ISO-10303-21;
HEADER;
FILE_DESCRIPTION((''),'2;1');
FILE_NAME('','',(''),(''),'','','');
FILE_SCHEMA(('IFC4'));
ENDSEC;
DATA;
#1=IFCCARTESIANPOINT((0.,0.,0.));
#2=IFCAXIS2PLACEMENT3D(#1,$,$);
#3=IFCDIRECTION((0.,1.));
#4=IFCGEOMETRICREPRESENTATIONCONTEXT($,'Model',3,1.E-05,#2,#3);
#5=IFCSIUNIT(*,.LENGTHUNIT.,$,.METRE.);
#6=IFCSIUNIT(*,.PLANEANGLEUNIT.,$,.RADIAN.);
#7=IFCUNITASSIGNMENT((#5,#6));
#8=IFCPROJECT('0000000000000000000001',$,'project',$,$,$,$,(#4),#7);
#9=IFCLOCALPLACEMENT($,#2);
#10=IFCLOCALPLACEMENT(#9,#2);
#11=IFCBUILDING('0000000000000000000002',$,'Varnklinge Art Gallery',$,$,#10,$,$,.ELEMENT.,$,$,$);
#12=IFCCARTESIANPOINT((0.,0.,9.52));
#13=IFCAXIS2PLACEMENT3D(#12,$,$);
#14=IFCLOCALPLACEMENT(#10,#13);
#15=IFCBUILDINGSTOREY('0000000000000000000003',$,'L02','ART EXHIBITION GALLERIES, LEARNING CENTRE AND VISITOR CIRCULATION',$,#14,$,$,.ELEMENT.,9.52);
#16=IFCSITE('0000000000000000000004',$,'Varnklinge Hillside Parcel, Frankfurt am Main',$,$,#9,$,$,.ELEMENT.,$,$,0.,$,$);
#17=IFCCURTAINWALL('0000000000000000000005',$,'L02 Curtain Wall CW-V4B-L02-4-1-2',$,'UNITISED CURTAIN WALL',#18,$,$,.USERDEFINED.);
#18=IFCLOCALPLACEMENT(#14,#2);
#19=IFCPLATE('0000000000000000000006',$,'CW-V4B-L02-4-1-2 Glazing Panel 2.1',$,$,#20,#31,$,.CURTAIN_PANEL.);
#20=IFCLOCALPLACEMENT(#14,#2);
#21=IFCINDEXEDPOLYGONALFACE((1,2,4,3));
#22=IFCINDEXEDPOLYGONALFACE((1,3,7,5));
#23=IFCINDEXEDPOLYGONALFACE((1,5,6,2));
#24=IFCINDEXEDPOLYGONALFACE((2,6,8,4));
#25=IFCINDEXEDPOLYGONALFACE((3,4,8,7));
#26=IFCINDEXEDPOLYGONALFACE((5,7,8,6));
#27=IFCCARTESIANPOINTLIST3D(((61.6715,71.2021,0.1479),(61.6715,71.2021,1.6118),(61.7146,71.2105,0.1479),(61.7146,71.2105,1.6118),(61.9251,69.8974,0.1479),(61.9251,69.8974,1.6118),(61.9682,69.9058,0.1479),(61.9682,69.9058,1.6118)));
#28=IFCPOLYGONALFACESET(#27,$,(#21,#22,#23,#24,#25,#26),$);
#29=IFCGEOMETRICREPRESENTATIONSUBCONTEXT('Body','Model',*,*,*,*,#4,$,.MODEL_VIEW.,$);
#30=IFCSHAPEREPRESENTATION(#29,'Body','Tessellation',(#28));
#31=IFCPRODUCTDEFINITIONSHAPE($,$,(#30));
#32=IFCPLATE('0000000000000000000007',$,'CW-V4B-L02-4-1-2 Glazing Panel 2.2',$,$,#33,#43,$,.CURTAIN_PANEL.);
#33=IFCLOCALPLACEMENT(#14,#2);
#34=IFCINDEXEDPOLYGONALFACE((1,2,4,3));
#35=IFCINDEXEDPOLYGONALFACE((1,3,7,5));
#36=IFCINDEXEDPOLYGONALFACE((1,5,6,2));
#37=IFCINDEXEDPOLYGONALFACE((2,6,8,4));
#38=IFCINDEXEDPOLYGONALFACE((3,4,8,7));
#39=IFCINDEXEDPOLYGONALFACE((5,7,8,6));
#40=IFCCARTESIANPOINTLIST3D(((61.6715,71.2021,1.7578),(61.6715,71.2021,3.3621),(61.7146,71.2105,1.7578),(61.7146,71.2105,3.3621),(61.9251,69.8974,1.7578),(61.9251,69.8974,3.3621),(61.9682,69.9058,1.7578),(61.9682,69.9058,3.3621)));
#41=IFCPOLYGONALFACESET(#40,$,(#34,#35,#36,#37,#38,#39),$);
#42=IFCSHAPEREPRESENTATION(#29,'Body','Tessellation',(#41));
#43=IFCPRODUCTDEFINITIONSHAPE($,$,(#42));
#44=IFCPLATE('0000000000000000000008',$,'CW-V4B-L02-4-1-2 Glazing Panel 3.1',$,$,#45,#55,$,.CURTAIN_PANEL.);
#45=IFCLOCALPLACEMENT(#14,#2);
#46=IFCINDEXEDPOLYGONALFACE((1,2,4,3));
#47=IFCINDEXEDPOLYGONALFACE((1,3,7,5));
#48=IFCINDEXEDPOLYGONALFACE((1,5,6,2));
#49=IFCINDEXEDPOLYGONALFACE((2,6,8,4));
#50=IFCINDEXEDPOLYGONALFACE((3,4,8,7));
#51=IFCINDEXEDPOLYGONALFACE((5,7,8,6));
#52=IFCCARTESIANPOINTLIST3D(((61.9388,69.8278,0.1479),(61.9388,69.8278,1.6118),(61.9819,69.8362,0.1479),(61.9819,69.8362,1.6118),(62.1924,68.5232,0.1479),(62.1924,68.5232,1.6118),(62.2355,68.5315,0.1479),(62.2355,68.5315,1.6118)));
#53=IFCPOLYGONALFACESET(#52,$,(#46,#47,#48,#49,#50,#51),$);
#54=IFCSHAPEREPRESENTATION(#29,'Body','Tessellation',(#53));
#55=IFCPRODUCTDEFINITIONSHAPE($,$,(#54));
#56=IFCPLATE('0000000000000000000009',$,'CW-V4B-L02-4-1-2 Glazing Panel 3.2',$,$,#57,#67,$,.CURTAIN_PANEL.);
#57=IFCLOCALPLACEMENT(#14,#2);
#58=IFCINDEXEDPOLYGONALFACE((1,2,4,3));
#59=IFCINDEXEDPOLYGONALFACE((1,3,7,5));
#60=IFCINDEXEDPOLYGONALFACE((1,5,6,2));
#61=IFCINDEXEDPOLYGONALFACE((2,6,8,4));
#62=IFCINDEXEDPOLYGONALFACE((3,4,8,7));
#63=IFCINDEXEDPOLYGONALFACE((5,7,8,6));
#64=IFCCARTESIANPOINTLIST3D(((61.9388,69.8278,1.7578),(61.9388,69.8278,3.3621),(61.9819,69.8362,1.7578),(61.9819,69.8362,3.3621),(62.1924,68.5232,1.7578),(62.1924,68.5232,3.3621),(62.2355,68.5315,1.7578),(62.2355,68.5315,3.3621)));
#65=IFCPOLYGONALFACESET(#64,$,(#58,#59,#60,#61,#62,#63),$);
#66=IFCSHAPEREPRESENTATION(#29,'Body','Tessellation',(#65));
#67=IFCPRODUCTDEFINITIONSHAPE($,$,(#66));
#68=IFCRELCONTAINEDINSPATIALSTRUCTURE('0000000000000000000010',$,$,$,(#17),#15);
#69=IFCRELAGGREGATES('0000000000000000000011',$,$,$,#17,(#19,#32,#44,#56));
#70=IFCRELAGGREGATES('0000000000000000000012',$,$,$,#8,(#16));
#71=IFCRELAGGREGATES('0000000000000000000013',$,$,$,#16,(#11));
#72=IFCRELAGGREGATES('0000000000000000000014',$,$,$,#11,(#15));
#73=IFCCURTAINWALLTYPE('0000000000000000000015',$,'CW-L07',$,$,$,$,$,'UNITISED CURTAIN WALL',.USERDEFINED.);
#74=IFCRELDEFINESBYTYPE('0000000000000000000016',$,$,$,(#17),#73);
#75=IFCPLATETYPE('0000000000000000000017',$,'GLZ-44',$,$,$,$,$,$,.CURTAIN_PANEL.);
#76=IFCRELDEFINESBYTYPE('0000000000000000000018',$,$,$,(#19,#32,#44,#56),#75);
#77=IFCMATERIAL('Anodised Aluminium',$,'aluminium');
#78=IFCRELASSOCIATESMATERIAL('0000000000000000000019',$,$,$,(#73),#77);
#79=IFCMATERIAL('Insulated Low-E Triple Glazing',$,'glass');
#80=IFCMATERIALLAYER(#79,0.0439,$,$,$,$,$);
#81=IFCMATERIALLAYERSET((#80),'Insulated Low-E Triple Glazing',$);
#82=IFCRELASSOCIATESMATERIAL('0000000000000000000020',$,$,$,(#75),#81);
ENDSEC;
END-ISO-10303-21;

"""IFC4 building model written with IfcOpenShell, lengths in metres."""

from ifc_helpers import new_model, si_unit, direction, frame, origin, origin_2d, place, context, subcontext, project, spatial, rectangle, extrude, material, layer, layer_set, type_object, element, aggregate, save


model = new_model("IFC4")

# Units and contexts
model_context = context("Model", 3, precision=1e-05, world=origin(), true_north=direction((0.0, 1.0)))
body_context = subcontext(model_context, "Body", "Model", "MODEL_VIEW")
ifc_project = project(units=[si_unit("LENGTHUNIT", "METRE"), si_unit("PLANEANGLEUNIT", "RADIAN")], contexts=[model_context])

# Site, building, storey
site_placement = place(None, origin())
site = spatial("IfcSite", under=ifc_project, at=site_placement, Name="Varnklinge Hillside Parcel, Frankfurt am Main", CompositionType="ELEMENT", RefElevation=0.0)
building_placement = place(site_placement, origin())
building = spatial("IfcBuilding", under=site, at=building_placement, Name="Varnklinge Art Gallery", CompositionType="ELEMENT")
storey_placement = place(building_placement, frame((0.0, 0.0, 9.52)))
storey = spatial("IfcBuildingStorey", under=building, at=storey_placement, Name="L02", Description="ART EXHIBITION GALLERIES, LEARNING CENTRE AND VISITOR CIRCULATION", CompositionType="ELEMENT", Elevation=9.52)

# Curtain wall
ifc_material_1 = material(Name="Anodised Aluminium", Category="aluminium")
curtain_wall_type = type_object("IfcCurtainWallType", Name="CW-L07", ElementType="UNITISED CURTAIN WALL", PredefinedType="USERDEFINED", material=ifc_material_1)
curtain_wall_1_placement = place(storey_placement, origin())
curtain_wall_1 = element("IfcCurtainWall", 1, at=curtain_wall_1_placement, inside=storey, type_object=curtain_wall_type, Name="L02 Curtain Wall CW-V4B-L02-4-1-2", ObjectType="UNITISED CURTAIN WALL", PredefinedType="USERDEFINED")

# Plates
ifc_material_2 = material(Name="Insulated Low-E Triple Glazing", Category="glass")
ifc_layer_1 = layer(ifc_material_2, 0.0439)
ifc_layer_set_1 = layer_set([ifc_layer_1], Name="Insulated Low-E Triple Glazing")
plate_type = type_object("IfcPlateType", Name="GLZ-44", PredefinedType="CURTAIN_PANEL", material=ifc_layer_set_1)
plate_1_placement = place(storey_placement, frame((61.8198, 70.554, 0.1479), z_axis=(0.0, 0.0, 1.0), x_axis=(0.190809, -0.981627, 0.0)))
plate_1 = element("IfcPlate", 2, at=plate_1_placement, type_object=plate_type, Name="CW-V4B-L02-4-1-2 Glazing Panel 2.1", PredefinedType="CURTAIN_PANEL", context=body_context, shape_type="SweptSolid", body=[
    extrude(rectangle(XDim=1.3291, YDim=0.0439, at=origin_2d()), origin(), (0.0, 0.0, 1.0), 1.4639),
])
plate_2_placement = place(storey_placement, frame((61.8198, 70.554, 1.7578), z_axis=(0.0, 0.0, 1.0), x_axis=(0.190809, -0.981627, 0.0)))
plate_2 = element("IfcPlate", 3, at=plate_2_placement, type_object=plate_type, Name="CW-V4B-L02-4-1-2 Glazing Panel 2.2", PredefinedType="CURTAIN_PANEL", context=body_context, shape_type="SweptSolid", body=[
    extrude(rectangle(XDim=1.3291, YDim=0.0439, at=origin_2d()), origin(), (0.0, 0.0, 1.0), 1.6042),
])
plate_3_placement = place(storey_placement, frame((62.0872, 69.1797, 0.1479), z_axis=(0.0, 0.0, 1.0), x_axis=(0.190809, -0.981627, 0.0)))
plate_3 = element("IfcPlate", 4, at=plate_3_placement, type_object=plate_type, Name="CW-V4B-L02-4-1-2 Glazing Panel 3.1", PredefinedType="CURTAIN_PANEL", context=body_context, shape_type="SweptSolid", body=[
    extrude(rectangle(XDim=1.3291, YDim=0.0439, at=origin_2d()), origin(), (0.0, 0.0, 1.0), 1.4639),
])
plate_4_placement = place(storey_placement, frame((62.0872, 69.1797, 1.7578), z_axis=(0.0, 0.0, 1.0), x_axis=(0.190809, -0.981627, 0.0)))
plate_4 = element("IfcPlate", 5, at=plate_4_placement, type_object=plate_type, Name="CW-V4B-L02-4-1-2 Glazing Panel 3.2", PredefinedType="CURTAIN_PANEL", context=body_context, shape_type="SweptSolid", body=[
    extrude(rectangle(XDim=1.3291, YDim=0.0439, at=origin_2d()), origin(), (0.0, 0.0, 1.0), 1.6042),
])
aggregate(curtain_wall_1, [plate_1, plate_2, plate_3, plate_4])

save(model, "model.ifc")
